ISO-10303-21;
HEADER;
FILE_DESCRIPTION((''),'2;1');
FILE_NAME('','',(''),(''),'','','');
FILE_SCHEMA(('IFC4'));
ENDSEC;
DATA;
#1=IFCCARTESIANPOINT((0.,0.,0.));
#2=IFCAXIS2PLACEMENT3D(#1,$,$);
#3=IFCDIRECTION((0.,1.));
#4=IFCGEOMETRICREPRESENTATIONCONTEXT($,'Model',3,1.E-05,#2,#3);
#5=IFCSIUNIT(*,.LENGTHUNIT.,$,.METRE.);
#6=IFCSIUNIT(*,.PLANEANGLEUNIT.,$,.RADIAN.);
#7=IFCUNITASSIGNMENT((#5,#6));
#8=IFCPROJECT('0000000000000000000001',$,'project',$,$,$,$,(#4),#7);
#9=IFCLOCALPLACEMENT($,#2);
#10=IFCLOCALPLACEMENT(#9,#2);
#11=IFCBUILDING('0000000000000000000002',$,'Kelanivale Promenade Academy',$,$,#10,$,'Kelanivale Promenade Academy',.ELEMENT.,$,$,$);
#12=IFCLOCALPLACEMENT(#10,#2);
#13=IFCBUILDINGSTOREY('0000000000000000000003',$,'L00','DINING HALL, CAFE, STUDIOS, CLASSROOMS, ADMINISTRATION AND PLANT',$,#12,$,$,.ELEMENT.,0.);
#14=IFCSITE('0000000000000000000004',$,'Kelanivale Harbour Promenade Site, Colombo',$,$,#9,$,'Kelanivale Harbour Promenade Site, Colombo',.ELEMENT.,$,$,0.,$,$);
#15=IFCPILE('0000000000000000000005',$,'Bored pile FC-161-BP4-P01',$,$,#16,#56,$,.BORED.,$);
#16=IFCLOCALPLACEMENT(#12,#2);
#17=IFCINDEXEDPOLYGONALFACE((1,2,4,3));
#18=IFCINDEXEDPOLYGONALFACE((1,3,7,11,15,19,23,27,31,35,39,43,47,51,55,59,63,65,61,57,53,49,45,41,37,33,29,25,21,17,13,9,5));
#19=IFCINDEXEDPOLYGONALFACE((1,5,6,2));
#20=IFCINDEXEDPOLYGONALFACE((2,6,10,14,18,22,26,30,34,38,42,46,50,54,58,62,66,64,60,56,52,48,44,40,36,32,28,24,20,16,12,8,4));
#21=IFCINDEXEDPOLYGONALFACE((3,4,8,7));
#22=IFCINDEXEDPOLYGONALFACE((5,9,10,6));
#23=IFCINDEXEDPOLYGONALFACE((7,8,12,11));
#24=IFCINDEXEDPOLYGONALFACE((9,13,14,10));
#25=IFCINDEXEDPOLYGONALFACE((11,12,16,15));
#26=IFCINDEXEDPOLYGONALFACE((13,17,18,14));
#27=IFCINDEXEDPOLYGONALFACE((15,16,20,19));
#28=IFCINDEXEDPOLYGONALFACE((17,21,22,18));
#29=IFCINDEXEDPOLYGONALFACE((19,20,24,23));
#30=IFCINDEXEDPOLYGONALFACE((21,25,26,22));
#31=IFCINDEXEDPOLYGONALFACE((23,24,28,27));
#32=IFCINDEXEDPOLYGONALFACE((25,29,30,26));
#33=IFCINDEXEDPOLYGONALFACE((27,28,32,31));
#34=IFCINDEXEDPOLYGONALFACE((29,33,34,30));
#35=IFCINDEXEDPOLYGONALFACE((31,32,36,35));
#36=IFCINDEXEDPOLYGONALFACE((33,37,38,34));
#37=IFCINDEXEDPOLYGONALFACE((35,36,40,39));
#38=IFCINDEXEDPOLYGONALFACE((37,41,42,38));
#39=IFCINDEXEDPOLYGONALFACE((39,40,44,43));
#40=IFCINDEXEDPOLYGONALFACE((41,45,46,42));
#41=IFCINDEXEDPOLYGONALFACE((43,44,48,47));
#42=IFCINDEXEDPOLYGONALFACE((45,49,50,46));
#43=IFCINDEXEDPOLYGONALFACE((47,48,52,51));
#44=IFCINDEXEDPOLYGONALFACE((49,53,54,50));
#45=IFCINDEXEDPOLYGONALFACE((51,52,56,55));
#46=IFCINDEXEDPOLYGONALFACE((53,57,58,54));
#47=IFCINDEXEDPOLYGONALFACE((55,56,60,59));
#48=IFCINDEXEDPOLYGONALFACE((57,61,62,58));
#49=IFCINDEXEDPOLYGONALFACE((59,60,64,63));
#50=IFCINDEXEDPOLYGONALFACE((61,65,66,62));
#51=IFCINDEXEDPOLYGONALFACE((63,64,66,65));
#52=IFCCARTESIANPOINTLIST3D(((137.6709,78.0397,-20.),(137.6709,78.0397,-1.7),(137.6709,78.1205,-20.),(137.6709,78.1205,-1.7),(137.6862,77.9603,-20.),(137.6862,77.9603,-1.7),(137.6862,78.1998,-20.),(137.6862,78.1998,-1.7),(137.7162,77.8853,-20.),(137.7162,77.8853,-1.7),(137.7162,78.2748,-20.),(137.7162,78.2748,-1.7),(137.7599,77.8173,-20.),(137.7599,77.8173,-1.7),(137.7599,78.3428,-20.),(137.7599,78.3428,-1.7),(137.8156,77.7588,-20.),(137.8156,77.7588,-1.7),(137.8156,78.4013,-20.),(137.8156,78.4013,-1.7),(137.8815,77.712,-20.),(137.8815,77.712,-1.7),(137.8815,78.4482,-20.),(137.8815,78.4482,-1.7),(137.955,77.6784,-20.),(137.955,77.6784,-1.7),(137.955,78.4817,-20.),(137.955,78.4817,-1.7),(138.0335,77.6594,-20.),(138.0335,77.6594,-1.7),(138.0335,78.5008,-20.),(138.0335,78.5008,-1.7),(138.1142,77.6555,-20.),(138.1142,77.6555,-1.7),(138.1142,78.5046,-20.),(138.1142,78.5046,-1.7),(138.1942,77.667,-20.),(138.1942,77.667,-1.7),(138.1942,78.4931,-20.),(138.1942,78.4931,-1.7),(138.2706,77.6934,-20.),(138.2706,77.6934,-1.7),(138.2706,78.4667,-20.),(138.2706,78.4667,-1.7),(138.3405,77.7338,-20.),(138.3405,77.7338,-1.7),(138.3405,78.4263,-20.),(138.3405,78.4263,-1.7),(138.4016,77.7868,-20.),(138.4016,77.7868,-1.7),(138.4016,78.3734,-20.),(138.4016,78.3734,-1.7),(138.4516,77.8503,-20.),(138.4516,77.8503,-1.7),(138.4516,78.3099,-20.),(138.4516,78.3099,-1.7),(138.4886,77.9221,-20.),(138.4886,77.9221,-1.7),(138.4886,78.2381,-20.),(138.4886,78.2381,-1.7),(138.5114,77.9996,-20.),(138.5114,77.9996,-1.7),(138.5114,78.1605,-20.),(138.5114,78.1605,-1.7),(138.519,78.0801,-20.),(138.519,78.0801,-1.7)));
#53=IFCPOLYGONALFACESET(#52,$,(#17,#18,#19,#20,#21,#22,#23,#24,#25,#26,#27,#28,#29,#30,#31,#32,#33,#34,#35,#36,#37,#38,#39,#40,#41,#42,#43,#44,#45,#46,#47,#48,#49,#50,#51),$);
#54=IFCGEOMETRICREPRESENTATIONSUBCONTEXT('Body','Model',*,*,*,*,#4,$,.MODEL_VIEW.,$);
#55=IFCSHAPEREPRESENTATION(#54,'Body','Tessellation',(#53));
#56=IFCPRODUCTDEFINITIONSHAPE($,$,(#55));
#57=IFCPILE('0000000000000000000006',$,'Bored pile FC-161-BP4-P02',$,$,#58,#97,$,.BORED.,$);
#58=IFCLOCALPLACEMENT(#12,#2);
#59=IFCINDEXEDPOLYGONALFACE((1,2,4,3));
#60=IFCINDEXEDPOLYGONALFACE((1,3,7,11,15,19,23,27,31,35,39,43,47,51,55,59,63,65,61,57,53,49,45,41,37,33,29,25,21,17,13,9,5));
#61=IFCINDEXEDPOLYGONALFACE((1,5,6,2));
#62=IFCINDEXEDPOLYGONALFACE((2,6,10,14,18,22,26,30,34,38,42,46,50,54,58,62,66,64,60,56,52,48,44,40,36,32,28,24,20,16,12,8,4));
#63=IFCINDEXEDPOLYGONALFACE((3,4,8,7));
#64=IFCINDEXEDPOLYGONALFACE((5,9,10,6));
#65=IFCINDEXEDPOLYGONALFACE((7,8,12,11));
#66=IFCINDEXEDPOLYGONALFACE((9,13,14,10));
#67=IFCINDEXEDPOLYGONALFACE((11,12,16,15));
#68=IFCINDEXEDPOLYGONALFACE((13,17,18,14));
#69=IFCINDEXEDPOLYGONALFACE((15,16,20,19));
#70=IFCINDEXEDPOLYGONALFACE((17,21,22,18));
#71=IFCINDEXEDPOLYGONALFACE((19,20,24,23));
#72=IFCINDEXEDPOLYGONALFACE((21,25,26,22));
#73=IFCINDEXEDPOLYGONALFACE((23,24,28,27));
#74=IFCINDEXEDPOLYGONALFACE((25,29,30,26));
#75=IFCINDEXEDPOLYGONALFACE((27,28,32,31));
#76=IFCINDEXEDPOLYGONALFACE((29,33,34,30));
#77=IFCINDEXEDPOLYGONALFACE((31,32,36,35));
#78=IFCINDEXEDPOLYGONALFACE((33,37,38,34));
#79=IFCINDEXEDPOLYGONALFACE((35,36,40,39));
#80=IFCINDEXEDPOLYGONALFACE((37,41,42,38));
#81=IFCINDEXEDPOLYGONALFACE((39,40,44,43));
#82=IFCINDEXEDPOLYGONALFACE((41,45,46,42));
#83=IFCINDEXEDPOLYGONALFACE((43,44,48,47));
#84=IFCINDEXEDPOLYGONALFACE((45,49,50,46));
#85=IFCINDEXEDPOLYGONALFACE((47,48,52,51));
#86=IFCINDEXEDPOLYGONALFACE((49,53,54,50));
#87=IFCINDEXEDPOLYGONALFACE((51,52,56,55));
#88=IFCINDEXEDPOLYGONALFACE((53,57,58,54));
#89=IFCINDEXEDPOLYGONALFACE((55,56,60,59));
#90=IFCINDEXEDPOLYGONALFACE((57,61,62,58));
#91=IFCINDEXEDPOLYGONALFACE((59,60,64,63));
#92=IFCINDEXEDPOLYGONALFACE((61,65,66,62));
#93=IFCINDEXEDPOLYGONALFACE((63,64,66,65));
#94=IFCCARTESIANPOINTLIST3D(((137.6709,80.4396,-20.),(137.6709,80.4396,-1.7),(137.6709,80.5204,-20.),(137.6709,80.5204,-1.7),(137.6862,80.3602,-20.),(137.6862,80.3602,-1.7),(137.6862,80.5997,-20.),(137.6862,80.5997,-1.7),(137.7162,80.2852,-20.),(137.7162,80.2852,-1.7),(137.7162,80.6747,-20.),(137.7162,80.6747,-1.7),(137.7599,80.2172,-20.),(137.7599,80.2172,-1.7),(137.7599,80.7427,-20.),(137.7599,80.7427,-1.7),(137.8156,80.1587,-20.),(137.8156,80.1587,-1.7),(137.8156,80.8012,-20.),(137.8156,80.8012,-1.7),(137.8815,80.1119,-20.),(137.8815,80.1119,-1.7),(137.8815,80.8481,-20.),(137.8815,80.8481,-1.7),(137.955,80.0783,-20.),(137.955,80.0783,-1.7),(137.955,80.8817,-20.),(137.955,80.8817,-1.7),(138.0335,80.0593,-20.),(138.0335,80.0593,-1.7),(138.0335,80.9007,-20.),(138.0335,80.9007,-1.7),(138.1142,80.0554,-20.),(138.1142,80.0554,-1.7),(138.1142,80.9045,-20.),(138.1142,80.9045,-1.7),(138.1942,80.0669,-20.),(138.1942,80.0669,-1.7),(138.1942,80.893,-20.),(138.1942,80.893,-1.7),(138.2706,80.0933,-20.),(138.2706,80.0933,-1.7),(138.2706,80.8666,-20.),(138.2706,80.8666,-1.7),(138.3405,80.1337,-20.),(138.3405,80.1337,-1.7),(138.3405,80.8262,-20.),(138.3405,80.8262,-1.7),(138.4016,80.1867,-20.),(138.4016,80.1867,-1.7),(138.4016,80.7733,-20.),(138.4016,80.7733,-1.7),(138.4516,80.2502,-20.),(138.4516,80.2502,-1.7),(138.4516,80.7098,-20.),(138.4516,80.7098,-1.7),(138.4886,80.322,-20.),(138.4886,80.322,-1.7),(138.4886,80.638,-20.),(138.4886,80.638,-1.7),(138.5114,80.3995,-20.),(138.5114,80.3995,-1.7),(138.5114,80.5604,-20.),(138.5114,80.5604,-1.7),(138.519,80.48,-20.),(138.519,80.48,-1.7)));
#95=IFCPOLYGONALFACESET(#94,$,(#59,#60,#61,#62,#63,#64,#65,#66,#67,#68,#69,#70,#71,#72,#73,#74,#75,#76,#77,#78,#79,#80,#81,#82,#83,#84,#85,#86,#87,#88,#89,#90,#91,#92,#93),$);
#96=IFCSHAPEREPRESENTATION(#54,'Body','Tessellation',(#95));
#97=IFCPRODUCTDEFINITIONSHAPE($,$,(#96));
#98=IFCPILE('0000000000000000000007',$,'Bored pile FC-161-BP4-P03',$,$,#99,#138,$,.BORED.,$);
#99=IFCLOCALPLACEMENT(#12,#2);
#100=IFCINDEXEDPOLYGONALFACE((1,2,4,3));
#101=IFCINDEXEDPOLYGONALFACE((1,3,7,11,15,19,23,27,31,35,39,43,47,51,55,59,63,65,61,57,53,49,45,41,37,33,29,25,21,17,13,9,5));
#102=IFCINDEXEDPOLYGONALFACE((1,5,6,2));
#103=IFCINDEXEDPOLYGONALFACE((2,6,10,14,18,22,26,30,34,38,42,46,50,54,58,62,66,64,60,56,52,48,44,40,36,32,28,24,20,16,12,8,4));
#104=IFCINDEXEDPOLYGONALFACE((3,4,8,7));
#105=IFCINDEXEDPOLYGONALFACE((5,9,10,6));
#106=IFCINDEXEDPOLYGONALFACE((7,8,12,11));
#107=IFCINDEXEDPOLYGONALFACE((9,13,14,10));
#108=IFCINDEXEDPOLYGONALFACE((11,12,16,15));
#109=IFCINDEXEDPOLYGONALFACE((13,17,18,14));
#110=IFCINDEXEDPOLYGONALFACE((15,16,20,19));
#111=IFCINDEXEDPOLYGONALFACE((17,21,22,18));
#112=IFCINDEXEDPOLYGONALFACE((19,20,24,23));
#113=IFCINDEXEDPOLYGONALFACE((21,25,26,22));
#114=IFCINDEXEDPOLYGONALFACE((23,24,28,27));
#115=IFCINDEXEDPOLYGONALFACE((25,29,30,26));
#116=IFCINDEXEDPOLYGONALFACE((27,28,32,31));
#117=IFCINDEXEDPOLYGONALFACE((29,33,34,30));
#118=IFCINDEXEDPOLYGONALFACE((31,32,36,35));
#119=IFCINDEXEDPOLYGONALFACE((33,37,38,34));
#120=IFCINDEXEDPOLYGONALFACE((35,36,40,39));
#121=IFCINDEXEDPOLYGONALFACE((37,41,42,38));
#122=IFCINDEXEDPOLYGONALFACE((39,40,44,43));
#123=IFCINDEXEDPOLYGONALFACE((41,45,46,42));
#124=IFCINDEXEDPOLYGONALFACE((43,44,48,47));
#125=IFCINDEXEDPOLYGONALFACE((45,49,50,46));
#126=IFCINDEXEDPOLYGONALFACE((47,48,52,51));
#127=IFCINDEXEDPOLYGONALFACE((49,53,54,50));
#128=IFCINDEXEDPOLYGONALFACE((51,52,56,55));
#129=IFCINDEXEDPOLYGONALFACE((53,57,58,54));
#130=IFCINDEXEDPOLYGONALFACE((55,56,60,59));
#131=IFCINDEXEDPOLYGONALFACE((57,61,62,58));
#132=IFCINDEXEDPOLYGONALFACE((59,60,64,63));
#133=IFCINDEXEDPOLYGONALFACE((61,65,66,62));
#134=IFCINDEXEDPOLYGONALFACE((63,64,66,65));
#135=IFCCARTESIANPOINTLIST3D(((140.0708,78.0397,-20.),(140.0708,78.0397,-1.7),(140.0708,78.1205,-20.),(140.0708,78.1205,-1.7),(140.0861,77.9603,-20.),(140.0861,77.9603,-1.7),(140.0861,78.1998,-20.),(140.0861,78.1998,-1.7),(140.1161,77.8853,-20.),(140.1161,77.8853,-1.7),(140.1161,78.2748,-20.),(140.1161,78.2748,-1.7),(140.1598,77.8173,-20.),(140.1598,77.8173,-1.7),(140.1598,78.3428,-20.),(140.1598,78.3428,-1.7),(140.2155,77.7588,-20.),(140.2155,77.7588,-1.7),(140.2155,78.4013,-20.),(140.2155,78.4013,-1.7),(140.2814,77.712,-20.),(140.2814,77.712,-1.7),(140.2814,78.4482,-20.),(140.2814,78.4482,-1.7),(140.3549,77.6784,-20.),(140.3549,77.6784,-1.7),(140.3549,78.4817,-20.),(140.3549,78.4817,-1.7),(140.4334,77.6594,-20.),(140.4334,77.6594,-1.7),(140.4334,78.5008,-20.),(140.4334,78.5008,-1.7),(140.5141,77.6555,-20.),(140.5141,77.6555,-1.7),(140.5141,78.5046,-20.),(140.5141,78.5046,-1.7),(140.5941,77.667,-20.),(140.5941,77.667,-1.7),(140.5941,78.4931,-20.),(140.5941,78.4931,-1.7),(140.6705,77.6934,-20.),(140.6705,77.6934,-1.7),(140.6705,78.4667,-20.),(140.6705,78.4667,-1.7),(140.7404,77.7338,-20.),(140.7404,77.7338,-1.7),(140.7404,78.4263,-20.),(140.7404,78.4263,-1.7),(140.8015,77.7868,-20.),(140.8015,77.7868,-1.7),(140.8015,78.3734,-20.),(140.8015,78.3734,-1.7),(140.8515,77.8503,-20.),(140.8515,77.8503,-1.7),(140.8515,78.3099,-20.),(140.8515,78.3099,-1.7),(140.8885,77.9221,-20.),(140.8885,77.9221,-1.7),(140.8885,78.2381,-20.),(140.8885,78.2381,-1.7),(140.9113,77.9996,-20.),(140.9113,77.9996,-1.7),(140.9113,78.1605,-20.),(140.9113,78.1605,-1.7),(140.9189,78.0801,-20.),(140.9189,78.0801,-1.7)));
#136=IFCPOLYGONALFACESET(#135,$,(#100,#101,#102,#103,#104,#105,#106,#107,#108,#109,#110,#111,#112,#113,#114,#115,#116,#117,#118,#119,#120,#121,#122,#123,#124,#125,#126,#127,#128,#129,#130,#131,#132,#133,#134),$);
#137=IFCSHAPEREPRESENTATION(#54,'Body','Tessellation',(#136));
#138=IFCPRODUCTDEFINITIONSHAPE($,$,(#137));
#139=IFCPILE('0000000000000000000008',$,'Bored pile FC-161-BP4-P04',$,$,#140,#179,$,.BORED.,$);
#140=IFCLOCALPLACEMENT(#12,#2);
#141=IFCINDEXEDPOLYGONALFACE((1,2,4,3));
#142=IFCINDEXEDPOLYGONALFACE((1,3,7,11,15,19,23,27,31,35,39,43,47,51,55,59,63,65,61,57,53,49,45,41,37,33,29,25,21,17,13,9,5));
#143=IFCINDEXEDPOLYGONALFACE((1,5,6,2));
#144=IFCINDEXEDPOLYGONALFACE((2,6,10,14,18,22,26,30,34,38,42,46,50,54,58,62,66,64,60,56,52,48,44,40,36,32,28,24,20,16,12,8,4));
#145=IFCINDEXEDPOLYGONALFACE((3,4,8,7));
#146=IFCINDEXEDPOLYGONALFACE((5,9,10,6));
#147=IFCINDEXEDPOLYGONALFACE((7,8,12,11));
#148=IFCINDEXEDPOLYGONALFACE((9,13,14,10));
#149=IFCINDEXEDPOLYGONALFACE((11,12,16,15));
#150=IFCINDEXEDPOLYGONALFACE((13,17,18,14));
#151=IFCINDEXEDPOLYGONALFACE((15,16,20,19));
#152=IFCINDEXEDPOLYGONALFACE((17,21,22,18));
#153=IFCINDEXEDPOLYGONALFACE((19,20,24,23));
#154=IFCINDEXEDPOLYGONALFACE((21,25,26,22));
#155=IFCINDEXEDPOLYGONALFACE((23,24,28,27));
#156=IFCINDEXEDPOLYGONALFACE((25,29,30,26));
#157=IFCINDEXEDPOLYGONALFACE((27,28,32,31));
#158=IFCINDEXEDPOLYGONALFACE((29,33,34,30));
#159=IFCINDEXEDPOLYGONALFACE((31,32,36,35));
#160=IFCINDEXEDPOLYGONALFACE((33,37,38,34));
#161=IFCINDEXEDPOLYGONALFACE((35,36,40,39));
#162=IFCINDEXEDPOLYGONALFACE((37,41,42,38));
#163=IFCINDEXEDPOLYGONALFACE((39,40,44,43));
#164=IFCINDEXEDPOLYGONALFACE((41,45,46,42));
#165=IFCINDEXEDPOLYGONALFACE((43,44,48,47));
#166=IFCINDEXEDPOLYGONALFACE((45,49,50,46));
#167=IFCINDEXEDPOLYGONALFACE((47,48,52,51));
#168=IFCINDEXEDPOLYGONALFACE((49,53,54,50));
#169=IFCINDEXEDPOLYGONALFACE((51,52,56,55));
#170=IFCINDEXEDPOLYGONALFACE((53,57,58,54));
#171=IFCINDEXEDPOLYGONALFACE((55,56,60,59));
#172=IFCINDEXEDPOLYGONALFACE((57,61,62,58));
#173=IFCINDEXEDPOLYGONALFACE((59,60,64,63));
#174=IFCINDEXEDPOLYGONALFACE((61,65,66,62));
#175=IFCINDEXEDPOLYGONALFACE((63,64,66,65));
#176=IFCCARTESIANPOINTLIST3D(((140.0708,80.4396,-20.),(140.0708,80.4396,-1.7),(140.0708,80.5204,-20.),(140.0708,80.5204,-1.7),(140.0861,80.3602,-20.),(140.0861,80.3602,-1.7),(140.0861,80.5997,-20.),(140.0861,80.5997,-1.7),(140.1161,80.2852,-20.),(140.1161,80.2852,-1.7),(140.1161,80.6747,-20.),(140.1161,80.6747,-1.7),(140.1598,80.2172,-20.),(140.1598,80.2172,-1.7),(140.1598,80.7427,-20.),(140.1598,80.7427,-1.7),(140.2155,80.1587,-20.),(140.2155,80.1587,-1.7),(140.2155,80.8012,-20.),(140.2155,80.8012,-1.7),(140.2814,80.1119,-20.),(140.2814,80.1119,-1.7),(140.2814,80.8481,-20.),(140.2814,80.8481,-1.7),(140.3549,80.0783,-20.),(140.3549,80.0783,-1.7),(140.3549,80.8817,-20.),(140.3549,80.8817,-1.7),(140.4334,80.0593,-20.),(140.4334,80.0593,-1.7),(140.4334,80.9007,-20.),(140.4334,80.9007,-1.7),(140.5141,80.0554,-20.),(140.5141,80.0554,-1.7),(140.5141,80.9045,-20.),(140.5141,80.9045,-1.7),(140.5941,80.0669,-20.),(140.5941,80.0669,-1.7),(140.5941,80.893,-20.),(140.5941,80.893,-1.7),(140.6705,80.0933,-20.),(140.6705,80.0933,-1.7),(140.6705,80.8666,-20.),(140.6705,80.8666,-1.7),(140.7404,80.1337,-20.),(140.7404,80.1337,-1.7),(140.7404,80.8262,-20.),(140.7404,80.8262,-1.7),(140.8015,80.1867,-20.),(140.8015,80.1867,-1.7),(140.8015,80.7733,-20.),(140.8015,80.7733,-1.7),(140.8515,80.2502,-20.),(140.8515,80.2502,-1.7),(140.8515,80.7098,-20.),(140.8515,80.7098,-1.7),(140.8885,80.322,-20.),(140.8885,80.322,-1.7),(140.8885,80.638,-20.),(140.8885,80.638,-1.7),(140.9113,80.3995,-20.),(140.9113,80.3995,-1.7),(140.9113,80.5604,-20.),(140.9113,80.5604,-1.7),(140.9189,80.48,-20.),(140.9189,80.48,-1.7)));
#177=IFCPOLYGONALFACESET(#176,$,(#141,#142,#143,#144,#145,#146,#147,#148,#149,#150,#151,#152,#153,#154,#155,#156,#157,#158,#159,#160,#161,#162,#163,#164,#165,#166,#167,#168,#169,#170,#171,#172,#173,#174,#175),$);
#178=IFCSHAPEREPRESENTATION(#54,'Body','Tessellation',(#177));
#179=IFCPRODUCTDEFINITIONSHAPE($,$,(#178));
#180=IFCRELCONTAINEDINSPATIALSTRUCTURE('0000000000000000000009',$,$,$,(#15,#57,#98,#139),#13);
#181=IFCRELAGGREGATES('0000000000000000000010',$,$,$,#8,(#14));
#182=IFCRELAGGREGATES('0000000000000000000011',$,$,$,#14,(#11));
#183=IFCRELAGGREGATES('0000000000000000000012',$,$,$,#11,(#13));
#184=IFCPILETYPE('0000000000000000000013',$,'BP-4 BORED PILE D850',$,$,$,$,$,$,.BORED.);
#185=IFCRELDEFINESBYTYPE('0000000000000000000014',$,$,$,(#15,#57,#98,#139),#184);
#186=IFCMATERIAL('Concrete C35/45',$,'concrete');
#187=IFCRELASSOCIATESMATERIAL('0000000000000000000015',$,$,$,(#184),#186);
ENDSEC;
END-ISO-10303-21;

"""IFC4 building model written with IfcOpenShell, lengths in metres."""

from ifc_helpers import new_model, si_unit, direction, frame, origin, origin_2d, place, context, subcontext, project, spatial, circle, extrude, material, material_profile, profile_set, type_object, element, save


model = new_model("IFC4")

# Units and contexts
model_context = context("Model", 3, precision=1e-05, world=origin(), true_north=direction((0.0, 1.0)))
body_context = subcontext(model_context, "Body", "Model", "MODEL_VIEW")
ifc_project = project(units=[si_unit("LENGTHUNIT", "METRE"), si_unit("PLANEANGLEUNIT", "RADIAN")], contexts=[model_context])

# Site, building, storey
site_placement = place(None, origin())
site = spatial("IfcSite", under=ifc_project, at=site_placement, Name="Kelanivale Harbour Promenade Site, Colombo", LongName="Kelanivale Harbour Promenade Site, Colombo", CompositionType="ELEMENT", RefElevation=0.0)
building_placement = place(site_placement, origin())
building = spatial("IfcBuilding", under=site, at=building_placement, Name="Kelanivale Promenade Academy", LongName="Kelanivale Promenade Academy", CompositionType="ELEMENT")
storey_placement = place(building_placement, origin())
storey = spatial("IfcBuildingStorey", under=building, at=storey_placement, Name="L00", Description="DINING HALL, CAFE, STUDIOS, CLASSROOMS, ADMINISTRATION AND PLANT", CompositionType="ELEMENT", Elevation=0.0)

# Piles
ifc_material_1 = material(Name="Concrete C35/45", Category="concrete")
ifc_material_profile_1 = material_profile(ifc_material_1, circle(Radius=0.425, at=origin_2d()), Name="BORED PILE D850")
ifc_profile_set_1 = profile_set([ifc_material_profile_1], Name="Concrete C35/45")
pile_type_1 = type_object("IfcPileType", Name="BP-4 BORED PILE D850", PredefinedType="BORED", material=ifc_profile_set_1)
for number, where, z_axis, x_axis, name in (
    (1, (138.094, 78.0801, -1.7), (0.0, 0.0, -1.0), (1.0, 0.0, 0.0), "Bored pile FC-161-BP4-P01"),
    (2, (138.094, 80.48, -1.7), (0.0, 0.0, -1.0), (1.0, 0.0, 0.0), "Bored pile FC-161-BP4-P02"),
    (3, (140.4939, 78.0801, -1.7), (0.0, 0.0, -1.0), (1.0, 0.0, 0.0), "Bored pile FC-161-BP4-P03"),
    (4, (140.4939, 80.48, -1.7), (0.0, 0.0, -1.0), (1.0, 0.0, 0.0), "Bored pile FC-161-BP4-P04"),
):
    element("IfcPile", number, at=place(storey_placement, frame(where, z_axis=z_axis, x_axis=x_axis)), inside=storey, type_object=pile_type_1, Name=name, PredefinedType="BORED", context=body_context, shape_type="SweptSolid", body=[
        extrude(circle(Radius=0.425, at=origin_2d()), origin(), (0.0, 0.0, 1.0), 18.3),
    ])

save(model, "model.ifc")
